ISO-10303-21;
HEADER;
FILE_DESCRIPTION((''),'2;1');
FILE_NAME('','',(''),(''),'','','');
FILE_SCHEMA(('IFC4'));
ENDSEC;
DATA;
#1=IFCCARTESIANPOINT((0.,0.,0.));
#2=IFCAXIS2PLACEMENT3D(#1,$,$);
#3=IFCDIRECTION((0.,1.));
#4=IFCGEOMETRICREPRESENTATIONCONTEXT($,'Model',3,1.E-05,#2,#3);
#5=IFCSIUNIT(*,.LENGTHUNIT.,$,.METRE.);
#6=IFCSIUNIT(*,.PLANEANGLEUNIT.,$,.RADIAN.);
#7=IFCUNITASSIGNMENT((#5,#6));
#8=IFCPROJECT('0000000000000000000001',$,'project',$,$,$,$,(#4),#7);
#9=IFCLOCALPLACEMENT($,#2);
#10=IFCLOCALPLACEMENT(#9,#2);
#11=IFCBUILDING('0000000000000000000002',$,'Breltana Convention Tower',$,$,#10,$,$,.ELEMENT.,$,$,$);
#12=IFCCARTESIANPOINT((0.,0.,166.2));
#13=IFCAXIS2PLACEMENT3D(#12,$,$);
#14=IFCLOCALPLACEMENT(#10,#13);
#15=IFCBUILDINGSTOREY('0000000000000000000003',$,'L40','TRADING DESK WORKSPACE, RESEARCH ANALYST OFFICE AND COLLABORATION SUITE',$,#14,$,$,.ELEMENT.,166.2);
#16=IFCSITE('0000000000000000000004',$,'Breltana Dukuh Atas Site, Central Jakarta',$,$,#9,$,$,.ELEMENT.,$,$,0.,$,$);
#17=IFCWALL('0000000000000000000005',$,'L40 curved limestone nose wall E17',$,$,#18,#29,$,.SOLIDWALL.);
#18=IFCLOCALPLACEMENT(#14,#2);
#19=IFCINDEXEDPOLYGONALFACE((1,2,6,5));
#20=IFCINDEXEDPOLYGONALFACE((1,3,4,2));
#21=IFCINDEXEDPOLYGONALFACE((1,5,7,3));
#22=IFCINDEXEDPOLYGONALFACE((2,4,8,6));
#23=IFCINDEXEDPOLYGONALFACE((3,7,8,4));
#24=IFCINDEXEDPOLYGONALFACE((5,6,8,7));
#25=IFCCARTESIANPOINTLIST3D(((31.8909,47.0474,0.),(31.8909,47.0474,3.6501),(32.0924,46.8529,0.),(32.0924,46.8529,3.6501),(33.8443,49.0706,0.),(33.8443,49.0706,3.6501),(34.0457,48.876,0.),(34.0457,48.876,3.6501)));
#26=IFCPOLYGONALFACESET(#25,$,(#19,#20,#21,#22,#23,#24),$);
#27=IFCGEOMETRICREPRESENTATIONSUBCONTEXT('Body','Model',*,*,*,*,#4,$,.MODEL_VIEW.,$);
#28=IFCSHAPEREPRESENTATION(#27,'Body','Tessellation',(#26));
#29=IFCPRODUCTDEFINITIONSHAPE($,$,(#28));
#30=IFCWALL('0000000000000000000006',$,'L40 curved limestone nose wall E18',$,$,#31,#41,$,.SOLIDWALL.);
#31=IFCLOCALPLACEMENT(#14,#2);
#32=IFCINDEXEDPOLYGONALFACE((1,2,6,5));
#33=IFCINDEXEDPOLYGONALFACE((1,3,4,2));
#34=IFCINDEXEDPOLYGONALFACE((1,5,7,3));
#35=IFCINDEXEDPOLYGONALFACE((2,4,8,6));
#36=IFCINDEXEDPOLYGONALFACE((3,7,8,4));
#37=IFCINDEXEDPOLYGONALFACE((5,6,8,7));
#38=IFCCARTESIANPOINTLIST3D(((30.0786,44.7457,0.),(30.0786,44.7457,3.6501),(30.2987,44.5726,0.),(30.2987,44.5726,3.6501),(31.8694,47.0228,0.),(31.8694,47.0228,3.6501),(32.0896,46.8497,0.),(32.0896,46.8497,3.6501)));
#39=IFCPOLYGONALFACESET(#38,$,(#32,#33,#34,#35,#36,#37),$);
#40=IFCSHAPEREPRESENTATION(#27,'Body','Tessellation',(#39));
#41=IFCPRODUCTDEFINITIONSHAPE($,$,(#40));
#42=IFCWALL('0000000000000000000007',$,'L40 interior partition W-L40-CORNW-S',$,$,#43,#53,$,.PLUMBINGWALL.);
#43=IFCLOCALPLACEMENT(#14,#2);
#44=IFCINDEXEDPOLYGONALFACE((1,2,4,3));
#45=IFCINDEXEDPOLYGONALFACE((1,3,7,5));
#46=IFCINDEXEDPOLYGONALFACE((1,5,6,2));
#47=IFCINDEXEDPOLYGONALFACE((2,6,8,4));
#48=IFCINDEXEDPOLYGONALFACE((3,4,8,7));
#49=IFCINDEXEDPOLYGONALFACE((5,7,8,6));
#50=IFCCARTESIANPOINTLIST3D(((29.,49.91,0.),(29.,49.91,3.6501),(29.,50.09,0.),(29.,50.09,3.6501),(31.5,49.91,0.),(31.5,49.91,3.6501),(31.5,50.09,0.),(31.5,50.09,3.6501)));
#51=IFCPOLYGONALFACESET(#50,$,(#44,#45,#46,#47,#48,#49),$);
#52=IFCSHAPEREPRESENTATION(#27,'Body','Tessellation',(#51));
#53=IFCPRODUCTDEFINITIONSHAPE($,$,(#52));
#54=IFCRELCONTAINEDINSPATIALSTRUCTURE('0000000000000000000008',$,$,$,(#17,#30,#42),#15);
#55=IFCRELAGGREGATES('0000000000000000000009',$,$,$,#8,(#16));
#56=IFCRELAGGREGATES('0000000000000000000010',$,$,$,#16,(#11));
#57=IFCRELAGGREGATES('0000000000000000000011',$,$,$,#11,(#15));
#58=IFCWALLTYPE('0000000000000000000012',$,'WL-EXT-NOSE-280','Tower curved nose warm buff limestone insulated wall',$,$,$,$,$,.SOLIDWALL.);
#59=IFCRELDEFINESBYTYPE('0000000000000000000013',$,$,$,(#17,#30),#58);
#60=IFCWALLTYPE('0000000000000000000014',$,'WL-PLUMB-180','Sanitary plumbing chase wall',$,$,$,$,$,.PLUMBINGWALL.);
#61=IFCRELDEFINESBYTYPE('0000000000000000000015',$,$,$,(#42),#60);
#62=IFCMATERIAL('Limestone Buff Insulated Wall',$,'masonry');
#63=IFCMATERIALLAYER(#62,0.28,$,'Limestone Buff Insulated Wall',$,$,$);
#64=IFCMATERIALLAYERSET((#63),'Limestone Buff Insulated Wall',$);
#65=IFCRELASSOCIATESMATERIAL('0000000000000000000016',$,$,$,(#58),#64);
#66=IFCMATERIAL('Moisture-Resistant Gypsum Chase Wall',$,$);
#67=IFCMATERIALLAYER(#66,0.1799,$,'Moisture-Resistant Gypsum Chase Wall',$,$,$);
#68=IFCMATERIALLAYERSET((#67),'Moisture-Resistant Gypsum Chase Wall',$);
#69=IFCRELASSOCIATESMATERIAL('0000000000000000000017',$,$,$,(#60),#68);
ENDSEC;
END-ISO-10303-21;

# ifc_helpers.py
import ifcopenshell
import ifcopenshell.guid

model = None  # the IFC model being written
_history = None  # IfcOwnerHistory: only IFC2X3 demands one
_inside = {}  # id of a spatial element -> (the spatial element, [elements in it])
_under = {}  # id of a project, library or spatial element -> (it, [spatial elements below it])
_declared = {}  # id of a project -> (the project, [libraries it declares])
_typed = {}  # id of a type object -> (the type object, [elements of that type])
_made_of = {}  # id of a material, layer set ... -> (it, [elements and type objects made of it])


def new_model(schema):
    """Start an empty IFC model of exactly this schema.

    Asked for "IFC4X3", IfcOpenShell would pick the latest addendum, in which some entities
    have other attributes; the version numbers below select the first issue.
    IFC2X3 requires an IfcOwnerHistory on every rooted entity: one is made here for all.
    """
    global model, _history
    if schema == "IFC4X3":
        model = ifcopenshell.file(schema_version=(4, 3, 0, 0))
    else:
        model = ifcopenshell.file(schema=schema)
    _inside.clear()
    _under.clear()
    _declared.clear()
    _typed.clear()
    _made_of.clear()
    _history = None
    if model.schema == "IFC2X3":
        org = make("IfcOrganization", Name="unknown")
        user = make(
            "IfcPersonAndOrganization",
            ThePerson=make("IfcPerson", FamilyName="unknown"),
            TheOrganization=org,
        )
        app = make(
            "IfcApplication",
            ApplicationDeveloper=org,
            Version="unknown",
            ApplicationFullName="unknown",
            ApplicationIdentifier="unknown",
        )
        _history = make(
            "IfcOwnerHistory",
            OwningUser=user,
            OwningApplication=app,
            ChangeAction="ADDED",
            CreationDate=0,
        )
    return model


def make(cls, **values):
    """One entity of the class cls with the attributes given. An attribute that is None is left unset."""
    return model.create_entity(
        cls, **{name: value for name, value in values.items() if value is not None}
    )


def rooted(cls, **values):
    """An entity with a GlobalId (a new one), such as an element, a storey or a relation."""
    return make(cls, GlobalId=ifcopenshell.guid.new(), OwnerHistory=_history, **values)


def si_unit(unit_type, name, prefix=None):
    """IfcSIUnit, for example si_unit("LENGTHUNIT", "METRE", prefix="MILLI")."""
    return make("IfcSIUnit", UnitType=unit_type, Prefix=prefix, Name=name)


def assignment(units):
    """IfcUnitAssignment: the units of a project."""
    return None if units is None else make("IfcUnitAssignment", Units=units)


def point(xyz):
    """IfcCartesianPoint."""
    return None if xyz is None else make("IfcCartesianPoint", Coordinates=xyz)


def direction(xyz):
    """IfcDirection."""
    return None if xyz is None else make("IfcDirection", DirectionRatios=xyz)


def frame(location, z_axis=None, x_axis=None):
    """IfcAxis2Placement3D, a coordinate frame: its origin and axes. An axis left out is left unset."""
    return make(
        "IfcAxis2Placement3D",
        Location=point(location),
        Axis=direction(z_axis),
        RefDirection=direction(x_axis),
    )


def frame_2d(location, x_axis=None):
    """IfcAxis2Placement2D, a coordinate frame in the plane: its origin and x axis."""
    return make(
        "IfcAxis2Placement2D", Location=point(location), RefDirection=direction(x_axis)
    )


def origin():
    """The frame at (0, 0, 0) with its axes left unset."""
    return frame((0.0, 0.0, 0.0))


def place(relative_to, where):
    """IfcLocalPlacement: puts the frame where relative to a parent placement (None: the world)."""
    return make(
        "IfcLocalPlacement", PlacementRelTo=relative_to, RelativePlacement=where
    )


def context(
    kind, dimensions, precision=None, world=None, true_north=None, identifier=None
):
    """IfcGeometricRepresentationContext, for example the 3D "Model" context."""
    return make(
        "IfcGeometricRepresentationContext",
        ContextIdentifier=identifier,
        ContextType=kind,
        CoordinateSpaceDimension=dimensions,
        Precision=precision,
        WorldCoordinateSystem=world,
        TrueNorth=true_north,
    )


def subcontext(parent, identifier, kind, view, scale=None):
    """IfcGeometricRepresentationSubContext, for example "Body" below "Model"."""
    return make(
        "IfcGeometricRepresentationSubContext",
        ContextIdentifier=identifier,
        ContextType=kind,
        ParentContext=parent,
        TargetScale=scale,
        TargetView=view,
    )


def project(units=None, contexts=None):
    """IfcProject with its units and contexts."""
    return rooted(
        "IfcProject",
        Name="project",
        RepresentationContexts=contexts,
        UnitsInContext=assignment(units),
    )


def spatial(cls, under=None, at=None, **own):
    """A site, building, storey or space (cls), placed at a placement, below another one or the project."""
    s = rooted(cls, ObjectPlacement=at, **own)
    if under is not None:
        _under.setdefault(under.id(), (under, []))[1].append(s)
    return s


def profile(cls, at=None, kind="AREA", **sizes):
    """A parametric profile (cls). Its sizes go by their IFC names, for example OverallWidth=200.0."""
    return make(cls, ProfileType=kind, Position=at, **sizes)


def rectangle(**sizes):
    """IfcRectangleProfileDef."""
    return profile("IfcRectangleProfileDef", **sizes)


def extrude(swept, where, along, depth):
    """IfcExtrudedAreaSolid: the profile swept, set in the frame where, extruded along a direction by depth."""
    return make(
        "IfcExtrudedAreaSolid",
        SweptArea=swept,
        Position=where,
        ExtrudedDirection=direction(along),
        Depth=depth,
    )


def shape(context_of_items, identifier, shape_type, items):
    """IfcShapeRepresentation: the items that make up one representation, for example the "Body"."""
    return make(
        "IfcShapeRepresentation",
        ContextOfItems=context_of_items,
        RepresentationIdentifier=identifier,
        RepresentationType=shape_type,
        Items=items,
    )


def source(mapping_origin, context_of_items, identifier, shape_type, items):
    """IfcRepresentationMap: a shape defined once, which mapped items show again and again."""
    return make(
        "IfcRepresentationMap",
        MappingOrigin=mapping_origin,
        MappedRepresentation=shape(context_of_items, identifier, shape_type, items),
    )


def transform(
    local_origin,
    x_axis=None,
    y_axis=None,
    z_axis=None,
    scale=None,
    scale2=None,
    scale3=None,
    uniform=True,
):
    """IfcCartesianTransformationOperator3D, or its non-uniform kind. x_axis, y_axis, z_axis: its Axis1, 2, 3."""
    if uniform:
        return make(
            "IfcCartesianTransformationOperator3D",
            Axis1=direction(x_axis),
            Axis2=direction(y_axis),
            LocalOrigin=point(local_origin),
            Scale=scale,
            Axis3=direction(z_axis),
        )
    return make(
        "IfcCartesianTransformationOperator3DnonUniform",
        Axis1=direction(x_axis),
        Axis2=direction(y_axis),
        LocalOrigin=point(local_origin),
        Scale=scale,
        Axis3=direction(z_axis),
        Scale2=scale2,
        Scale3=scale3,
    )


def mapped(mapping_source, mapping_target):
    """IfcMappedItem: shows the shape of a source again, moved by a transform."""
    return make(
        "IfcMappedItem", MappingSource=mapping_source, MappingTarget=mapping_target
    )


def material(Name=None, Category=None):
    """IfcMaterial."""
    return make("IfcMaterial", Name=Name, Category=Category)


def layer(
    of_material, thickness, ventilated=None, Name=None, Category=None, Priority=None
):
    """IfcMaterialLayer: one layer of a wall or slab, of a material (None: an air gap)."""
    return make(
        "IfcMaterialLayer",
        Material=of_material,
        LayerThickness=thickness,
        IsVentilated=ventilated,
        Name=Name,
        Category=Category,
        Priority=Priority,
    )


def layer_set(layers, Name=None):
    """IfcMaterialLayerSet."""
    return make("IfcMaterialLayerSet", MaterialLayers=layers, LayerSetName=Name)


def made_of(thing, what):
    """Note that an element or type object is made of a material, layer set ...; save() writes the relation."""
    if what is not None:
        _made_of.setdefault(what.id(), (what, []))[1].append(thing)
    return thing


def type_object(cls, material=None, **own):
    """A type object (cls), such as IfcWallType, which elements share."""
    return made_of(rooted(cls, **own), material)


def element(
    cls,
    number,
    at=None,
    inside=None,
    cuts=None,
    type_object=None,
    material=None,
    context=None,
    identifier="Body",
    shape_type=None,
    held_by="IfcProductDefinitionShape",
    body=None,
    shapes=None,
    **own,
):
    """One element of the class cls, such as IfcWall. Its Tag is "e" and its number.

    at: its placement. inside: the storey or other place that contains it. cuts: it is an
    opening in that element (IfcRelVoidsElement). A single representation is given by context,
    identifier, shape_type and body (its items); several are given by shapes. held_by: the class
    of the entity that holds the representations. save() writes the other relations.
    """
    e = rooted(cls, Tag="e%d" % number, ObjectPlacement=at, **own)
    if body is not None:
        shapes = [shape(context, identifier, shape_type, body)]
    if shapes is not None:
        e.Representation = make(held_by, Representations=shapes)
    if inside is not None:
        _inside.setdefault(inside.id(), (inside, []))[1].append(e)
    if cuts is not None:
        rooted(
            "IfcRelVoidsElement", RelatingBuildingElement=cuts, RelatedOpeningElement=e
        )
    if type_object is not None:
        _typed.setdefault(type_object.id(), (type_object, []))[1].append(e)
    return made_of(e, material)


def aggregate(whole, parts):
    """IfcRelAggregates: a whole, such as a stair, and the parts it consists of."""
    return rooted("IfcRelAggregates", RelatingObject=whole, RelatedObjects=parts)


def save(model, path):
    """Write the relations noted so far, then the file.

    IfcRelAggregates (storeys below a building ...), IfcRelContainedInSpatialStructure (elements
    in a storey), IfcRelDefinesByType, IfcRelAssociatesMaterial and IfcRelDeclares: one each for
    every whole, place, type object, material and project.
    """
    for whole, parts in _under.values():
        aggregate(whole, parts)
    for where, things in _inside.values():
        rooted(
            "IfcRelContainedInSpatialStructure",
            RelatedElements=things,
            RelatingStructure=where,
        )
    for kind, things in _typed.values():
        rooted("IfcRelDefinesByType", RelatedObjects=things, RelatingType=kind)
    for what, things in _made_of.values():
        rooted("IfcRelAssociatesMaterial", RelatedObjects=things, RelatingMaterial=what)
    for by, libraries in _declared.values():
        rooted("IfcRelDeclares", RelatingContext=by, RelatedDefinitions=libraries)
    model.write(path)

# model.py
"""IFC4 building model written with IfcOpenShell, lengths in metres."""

from ifc_helpers import new_model, si_unit, direction, frame, frame_2d, origin, place, context, subcontext, project, spatial, rectangle, extrude, source, transform, mapped, material, layer, layer_set, type_object, element, save


model = new_model("IFC4")

# Units and contexts
model_context = context("Model", 3, precision=1e-05, world=origin(), true_north=direction((0.0, 1.0)))
body_context = subcontext(model_context, "Body", "Model", "MODEL_VIEW")
ifc_project = project(units=[si_unit("LENGTHUNIT", "METRE"), si_unit("PLANEANGLEUNIT", "RADIAN")], contexts=[model_context])

# Site, building, storey
site_placement = place(None, origin())
site = spatial("IfcSite", under=ifc_project, at=site_placement, Name="Breltana Dukuh Atas Site, Central Jakarta", CompositionType="ELEMENT", RefElevation=0.0)
building_placement = place(site_placement, origin())
building = spatial("IfcBuilding", under=site, at=building_placement, Name="Breltana Convention Tower", CompositionType="ELEMENT")
storey_placement = place(building_placement, frame((0.0, 0.0, 166.2)))
storey = spatial("IfcBuildingStorey", under=building, at=storey_placement, Name="L40", Description="TRADING DESK WORKSPACE, RESEARCH ANALYST OFFICE AND COLLABORATION SUITE", CompositionType="ELEMENT", Elevation=166.2)

# Shared definitions
ifc_material_1 = material(Name="Limestone Buff Insulated Wall", Category="masonry")
ifc_layer_1 = layer(ifc_material_1, 0.28, Name="Limestone Buff Insulated Wall")
ifc_layer_set_1 = layer_set([ifc_layer_1], Name="Limestone Buff Insulated Wall")
wall_type_1 = type_object("IfcWallType", Name="WL-EXT-NOSE-280", Description="Tower curved nose warm buff limestone insulated wall", PredefinedType="SOLIDWALL", material=ifc_layer_set_1)

# Walls
shared_shape_1 = source(origin(), body_context, "Body", "SweptSolid", [
    extrude(rectangle(XDim=2.8123, YDim=0.28, at=frame_2d((1.4062, 0.0))), origin(), (0.0, 0.0, 1.0), 3.6501),
])
wall_1_placement = place(storey_placement, frame((33.9451, 48.9734, 0.0), z_axis=(0.0, 0.0, 1.0), x_axis=(-0.694584, -0.719412, 0.0)))
element("IfcWall", 1, at=wall_1_placement, inside=storey, type_object=wall_type_1, Name="L40 curved limestone nose wall E17", PredefinedType="SOLIDWALL", context=body_context, shape_type="MappedRepresentation", body=[
    mapped(shared_shape_1, transform((0.0, 0.0, 0.0), scale=1.0)),
])
shared_shape_2 = source(origin(), body_context, "Body", "SweptSolid", [
    extrude(rectangle(XDim=2.897, YDim=0.28, at=frame_2d((1.4485, 0.0))), origin(), (0.0, 0.0, 1.0), 3.6501),
])
wall_2_placement = place(storey_placement, frame((31.9795, 46.9363, 0.0), z_axis=(0.0, 0.0, 1.0), x_axis=(-0.618168, -0.786046, 0.0)))
element("IfcWall", 2, at=wall_2_placement, inside=storey, type_object=wall_type_1, Name="L40 curved limestone nose wall E18", PredefinedType="SOLIDWALL", context=body_context, shape_type="MappedRepresentation", body=[
    mapped(shared_shape_2, transform((0.0, 0.0, 0.0), scale=1.0)),
])
ifc_material_2 = material(Name="Moisture-Resistant Gypsum Chase Wall")
ifc_layer_2 = layer(ifc_material_2, 0.1799, Name="Moisture-Resistant Gypsum Chase Wall")
ifc_layer_set_2 = layer_set([ifc_layer_2], Name="Moisture-Resistant Gypsum Chase Wall")
wall_type_2 = type_object("IfcWallType", Name="WL-PLUMB-180", Description="Sanitary plumbing chase wall", PredefinedType="PLUMBINGWALL", material=ifc_layer_set_2)
shared_shape_3 = source(origin(), body_context, "Body", "SweptSolid", [
    extrude(rectangle(XDim=2.5, YDim=0.1799, at=frame_2d((1.25, 0.0))), origin(), (0.0, 0.0, 1.0), 3.6501),
])
wall_3_placement = place(storey_placement, frame((29.0, 50.0, 0.0), z_axis=(0.0, 0.0, 1.0), x_axis=(1.0, 0.0, 0.0)))
element("IfcWall", 3, at=wall_3_placement, inside=storey, type_object=wall_type_2, Name="L40 interior partition W-L40-CORNW-S", PredefinedType="PLUMBINGWALL", context=body_context, shape_type="MappedRepresentation", body=[
    mapped(shared_shape_3, transform((0.0, 0.0, 0.0), scale=1.0)),
])

save(model, "model.ifc")
